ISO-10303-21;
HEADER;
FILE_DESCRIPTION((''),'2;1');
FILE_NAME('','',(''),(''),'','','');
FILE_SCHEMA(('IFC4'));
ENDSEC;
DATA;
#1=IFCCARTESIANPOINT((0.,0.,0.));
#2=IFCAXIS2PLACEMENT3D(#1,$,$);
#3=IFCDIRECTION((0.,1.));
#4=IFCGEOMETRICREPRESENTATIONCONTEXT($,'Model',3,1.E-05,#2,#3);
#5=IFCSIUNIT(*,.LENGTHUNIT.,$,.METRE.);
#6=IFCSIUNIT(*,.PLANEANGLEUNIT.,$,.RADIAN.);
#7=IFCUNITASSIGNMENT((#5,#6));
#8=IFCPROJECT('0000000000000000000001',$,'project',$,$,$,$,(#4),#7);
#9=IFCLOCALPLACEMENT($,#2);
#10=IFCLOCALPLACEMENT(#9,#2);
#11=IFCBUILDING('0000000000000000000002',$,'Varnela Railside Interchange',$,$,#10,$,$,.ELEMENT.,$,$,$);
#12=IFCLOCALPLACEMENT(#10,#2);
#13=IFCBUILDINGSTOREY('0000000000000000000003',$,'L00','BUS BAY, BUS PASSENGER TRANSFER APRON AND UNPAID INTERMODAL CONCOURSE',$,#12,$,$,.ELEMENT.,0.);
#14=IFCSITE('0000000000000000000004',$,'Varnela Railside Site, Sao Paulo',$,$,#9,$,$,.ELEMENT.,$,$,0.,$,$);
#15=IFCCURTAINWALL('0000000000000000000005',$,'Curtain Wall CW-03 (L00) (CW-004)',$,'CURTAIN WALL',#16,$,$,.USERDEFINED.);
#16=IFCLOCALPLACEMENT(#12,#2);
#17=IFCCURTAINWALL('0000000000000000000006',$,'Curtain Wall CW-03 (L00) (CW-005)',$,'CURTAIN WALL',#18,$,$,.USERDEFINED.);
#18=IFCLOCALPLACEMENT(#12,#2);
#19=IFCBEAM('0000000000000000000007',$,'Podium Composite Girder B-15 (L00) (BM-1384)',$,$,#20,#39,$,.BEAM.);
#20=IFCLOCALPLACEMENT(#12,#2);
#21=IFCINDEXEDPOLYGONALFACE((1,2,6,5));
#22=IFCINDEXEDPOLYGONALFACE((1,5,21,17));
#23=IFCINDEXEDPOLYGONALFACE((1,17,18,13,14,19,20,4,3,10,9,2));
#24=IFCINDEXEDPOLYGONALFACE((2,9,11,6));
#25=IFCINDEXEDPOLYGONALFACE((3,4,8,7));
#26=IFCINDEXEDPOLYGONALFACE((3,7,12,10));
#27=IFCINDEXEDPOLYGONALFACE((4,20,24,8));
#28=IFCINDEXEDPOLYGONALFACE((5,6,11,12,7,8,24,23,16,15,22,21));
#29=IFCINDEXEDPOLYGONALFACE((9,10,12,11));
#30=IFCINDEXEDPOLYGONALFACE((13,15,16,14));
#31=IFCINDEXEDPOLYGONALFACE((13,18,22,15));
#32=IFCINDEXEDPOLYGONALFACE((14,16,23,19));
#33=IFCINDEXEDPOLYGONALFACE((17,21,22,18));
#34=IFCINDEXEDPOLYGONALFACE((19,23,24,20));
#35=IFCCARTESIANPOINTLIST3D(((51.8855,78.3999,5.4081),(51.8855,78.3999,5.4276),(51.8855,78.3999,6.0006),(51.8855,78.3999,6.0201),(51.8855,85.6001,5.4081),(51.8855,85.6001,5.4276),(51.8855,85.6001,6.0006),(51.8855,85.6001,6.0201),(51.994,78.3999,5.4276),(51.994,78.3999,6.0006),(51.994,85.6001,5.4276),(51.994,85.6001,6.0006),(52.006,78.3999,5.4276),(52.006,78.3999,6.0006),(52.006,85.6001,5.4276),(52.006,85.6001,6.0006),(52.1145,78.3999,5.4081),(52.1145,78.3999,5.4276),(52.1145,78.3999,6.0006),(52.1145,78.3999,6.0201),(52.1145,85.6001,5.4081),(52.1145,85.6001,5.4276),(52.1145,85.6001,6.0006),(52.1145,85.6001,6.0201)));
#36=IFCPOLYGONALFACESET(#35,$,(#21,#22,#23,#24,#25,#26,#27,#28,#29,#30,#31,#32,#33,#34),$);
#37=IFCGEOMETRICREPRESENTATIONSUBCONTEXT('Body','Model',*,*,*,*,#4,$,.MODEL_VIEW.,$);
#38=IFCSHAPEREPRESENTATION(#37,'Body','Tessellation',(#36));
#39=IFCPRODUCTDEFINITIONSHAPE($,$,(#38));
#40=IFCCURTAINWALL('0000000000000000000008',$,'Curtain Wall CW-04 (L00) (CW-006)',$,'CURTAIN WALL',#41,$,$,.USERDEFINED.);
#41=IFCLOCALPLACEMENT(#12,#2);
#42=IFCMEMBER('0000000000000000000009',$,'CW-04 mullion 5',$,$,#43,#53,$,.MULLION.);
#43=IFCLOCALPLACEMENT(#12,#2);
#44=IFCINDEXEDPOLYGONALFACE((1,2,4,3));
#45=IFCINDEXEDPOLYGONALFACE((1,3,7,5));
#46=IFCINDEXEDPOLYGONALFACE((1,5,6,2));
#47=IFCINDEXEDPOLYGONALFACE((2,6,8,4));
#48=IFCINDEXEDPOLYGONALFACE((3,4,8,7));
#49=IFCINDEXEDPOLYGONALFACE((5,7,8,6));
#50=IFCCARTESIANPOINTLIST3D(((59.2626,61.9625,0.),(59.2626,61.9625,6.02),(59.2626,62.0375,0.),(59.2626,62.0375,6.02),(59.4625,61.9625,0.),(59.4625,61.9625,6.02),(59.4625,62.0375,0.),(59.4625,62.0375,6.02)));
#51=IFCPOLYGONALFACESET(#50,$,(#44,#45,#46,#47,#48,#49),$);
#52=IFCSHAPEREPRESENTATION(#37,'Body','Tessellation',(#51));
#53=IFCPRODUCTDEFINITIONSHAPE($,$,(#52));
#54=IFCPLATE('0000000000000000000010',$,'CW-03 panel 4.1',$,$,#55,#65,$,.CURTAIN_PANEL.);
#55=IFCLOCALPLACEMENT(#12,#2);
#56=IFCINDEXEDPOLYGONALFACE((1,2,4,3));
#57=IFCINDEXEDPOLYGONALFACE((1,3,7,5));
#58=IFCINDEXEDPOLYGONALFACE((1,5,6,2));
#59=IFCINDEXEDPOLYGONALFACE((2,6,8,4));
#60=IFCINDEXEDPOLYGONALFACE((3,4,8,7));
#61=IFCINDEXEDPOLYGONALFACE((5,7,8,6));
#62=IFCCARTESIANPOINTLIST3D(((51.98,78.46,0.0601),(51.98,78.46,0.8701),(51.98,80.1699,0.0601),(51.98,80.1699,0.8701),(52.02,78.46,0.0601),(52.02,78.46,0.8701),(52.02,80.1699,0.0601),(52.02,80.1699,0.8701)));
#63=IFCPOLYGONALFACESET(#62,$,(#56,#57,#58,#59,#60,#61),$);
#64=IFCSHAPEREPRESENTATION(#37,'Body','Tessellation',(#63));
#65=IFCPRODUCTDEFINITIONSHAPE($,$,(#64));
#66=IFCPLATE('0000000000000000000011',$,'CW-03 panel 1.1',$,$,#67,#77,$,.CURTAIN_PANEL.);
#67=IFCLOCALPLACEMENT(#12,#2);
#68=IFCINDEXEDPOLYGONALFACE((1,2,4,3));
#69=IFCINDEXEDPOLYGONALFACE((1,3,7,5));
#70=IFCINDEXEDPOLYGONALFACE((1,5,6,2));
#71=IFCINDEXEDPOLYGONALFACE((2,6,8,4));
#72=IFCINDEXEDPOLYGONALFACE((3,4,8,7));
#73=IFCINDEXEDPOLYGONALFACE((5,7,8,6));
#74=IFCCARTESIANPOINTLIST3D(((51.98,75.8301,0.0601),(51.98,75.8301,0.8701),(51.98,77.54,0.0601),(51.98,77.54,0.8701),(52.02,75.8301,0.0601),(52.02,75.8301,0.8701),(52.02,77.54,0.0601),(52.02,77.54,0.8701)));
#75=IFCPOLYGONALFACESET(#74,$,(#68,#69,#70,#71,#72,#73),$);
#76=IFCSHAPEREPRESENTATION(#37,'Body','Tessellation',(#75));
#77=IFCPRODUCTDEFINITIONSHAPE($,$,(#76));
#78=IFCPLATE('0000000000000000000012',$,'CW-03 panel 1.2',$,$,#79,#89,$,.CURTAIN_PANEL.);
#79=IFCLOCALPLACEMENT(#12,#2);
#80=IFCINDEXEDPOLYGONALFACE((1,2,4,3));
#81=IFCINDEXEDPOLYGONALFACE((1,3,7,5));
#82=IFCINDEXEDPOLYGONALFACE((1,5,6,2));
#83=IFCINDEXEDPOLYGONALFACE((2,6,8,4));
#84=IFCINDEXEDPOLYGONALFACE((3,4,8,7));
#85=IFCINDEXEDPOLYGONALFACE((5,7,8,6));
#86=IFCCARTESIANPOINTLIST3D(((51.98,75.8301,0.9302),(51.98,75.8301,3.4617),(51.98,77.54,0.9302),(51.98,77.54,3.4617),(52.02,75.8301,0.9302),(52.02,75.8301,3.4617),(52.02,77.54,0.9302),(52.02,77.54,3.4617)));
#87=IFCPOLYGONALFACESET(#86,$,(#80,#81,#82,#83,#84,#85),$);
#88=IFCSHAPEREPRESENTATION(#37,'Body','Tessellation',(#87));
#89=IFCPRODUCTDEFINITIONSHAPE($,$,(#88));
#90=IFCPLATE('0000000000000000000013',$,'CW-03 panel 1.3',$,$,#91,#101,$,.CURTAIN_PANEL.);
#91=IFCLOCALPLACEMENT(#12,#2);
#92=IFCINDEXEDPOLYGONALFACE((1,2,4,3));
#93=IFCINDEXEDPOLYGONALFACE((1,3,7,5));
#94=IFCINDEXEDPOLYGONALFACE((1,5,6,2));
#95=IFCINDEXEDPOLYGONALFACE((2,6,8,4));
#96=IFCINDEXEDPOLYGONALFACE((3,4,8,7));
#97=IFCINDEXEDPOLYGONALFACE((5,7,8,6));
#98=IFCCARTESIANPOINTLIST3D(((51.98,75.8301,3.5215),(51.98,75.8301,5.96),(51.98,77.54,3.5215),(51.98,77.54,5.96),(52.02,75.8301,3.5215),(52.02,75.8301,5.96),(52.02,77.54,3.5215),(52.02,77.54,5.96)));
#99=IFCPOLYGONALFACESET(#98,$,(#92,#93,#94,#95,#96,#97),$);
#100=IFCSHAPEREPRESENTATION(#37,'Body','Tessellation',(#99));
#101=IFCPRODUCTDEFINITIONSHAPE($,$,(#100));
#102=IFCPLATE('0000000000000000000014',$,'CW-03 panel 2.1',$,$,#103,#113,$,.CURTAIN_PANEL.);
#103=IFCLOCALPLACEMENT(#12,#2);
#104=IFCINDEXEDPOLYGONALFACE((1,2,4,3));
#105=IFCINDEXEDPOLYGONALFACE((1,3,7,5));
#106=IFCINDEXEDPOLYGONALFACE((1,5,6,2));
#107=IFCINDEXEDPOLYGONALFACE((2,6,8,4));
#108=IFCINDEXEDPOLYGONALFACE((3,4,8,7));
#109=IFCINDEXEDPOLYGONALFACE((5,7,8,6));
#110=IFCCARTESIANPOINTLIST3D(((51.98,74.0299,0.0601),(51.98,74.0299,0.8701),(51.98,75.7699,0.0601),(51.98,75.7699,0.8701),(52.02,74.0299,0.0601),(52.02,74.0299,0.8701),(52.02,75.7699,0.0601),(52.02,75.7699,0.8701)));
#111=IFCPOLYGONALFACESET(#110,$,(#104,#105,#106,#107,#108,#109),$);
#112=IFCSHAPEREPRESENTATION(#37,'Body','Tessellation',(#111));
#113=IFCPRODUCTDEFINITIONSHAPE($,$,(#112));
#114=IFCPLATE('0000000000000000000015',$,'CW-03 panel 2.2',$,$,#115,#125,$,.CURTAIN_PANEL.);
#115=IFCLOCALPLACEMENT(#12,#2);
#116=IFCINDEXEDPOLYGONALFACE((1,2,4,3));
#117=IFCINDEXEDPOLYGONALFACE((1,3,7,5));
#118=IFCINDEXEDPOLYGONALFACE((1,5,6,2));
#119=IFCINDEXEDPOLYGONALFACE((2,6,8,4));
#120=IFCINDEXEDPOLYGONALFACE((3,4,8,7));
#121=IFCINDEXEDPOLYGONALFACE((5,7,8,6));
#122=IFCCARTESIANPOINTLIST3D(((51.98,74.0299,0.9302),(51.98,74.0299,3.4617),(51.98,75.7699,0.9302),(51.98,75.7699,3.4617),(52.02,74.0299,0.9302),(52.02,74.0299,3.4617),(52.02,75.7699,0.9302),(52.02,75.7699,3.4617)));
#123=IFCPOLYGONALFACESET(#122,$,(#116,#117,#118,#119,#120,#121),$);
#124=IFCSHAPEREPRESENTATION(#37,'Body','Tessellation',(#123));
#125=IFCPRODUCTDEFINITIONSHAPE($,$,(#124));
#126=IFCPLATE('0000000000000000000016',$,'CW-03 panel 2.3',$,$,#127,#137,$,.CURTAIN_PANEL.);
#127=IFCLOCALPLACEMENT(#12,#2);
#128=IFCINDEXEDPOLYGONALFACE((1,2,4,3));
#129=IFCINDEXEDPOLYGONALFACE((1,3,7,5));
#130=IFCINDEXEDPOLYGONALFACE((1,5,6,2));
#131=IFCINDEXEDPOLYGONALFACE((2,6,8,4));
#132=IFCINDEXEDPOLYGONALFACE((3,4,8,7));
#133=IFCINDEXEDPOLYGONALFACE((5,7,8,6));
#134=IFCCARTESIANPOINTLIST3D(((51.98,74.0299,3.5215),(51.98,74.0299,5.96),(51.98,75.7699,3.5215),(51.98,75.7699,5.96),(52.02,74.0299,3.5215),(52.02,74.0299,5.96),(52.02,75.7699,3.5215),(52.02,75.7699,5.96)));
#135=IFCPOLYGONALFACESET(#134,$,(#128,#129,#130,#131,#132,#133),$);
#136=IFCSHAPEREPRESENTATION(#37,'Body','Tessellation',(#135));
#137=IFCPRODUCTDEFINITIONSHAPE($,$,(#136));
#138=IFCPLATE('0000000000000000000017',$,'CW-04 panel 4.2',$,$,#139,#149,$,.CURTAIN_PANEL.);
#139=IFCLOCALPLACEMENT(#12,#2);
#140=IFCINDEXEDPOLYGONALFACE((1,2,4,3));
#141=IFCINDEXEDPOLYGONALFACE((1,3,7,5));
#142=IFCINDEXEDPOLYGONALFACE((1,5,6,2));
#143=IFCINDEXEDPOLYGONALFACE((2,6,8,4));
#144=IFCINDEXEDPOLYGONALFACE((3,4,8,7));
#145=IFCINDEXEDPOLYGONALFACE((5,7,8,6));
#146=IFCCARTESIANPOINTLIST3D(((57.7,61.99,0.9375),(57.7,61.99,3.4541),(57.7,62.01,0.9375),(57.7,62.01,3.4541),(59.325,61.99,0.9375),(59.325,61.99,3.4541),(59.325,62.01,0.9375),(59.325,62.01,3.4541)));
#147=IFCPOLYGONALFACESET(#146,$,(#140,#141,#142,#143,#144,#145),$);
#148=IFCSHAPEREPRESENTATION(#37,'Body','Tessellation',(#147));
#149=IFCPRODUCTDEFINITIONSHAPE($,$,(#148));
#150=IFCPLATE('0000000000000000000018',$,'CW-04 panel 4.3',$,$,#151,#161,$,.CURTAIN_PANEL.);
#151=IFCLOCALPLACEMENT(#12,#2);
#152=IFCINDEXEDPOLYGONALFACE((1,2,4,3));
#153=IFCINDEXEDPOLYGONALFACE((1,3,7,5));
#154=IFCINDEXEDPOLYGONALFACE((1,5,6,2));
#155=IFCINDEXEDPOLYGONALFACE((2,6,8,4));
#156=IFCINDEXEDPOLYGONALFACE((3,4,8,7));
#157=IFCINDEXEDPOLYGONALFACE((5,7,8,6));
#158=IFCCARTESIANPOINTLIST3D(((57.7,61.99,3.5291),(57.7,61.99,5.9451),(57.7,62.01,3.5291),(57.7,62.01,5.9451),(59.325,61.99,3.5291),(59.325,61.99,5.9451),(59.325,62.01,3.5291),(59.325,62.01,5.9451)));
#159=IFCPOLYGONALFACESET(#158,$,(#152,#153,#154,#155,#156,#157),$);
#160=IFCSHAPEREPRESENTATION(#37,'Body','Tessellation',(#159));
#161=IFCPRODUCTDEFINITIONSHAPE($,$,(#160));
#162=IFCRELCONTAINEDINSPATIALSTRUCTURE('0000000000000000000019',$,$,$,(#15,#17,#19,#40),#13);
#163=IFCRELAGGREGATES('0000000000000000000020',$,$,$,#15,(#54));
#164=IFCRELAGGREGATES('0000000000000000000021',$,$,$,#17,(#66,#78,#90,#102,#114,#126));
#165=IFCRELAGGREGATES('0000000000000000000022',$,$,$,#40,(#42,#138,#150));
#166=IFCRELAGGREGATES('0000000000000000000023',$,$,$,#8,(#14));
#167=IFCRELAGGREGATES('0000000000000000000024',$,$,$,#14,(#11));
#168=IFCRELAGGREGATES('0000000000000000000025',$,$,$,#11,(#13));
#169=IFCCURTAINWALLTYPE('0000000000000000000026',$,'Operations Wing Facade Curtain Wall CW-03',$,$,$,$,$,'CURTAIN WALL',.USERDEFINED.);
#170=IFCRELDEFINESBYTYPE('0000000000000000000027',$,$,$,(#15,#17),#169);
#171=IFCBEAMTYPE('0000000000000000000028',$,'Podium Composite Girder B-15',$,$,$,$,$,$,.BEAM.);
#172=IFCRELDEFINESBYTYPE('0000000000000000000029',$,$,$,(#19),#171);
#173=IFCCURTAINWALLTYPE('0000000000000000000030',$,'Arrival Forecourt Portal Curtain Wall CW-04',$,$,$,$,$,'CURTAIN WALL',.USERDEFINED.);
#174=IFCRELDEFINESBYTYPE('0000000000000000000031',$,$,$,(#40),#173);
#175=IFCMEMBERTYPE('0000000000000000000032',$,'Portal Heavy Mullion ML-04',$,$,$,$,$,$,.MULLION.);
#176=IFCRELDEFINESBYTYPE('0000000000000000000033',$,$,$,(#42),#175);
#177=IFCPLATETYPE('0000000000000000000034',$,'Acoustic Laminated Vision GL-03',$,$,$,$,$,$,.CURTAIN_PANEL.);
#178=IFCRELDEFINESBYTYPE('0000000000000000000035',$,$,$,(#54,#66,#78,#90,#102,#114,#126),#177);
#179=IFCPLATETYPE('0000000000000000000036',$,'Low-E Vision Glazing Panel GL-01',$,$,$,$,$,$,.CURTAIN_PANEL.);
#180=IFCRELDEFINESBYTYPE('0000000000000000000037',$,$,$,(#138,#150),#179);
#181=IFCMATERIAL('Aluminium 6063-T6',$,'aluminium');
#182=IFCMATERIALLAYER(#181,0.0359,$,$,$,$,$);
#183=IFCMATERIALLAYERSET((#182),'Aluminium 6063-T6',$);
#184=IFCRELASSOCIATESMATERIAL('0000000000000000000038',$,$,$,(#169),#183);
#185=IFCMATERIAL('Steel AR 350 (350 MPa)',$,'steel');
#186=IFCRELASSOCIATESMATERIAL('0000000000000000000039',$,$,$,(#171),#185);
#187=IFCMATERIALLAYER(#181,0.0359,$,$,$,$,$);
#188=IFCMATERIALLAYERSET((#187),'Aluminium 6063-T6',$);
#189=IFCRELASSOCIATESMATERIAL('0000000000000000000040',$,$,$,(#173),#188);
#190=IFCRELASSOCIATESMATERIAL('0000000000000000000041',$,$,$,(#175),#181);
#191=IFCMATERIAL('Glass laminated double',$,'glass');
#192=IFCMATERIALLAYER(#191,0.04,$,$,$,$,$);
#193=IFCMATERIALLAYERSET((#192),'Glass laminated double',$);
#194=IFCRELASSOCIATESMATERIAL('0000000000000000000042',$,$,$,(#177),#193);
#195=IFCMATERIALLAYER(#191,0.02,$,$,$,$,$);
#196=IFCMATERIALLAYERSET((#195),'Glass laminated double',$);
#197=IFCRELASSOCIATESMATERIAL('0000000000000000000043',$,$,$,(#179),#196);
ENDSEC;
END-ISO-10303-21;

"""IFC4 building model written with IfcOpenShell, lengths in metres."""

from ifc_helpers import new_model, si_unit, direction, frame, origin, origin_2d, place, context, subcontext, project, spatial, rectangle, i_section, extrude, material, layer, layer_set, material_profile, profile_set, type_object, element, aggregate, save


model = new_model("IFC4")

# Units and contexts
model_context = context("Model", 3, precision=1e-05, world=origin(), true_north=direction((0.0, 1.0)))
body_context = subcontext(model_context, "Body", "Model", "MODEL_VIEW")
ifc_project = project(units=[si_unit("LENGTHUNIT", "METRE"), si_unit("PLANEANGLEUNIT", "RADIAN")], contexts=[model_context])

# Site, building, storey
site_placement = place(None, origin())
site = spatial("IfcSite", under=ifc_project, at=site_placement, Name="Varnela Railside Site, Sao Paulo", CompositionType="ELEMENT", RefElevation=0.0)
building_placement = place(site_placement, origin())
building = spatial("IfcBuilding", under=site, at=building_placement, Name="Varnela Railside Interchange", CompositionType="ELEMENT")
storey_placement = place(building_placement, origin())
storey = spatial("IfcBuildingStorey", under=building, at=storey_placement, Name="L00", Description="BUS BAY, BUS PASSENGER TRANSFER APRON AND UNPAID INTERMODAL CONCOURSE", CompositionType="ELEMENT", Elevation=0.0)

# Curtain wall
ifc_material_1 = material(Name="Aluminium 6063-T6", Category="aluminium")
ifc_layer_1 = layer(ifc_material_1, 0.0359)
ifc_layer_set_1 = layer_set([ifc_layer_1], Name="Aluminium 6063-T6")
curtain_wall_type_1 = type_object("IfcCurtainWallType", Name="Operations Wing Facade Curtain Wall CW-03", ElementType="CURTAIN WALL", PredefinedType="USERDEFINED", material=ifc_layer_set_1)
curtain_wall_1_placement = place(storey_placement, origin())
curtain_wall_1 = element("IfcCurtainWall", 1, at=curtain_wall_1_placement, inside=storey, type_object=curtain_wall_type_1, Name="Curtain Wall CW-03 (L00) (CW-004)", ObjectType="CURTAIN WALL", PredefinedType="USERDEFINED")

# Curtain wall
curtain_wall_2_placement = place(storey_placement, origin())
curtain_wall_2 = element("IfcCurtainWall", 2, at=curtain_wall_2_placement, inside=storey, type_object=curtain_wall_type_1, Name="Curtain Wall CW-03 (L00) (CW-005)", ObjectType="CURTAIN WALL", PredefinedType="USERDEFINED")

# Beam
ifc_material_2 = material(Name="Steel AR 350 (350 MPa)", Category="steel")
ifc_material_profile_1 = material_profile(ifc_material_2, i_section(OverallWidth=0.229, OverallDepth=0.6121, WebThickness=0.012, FlangeThickness=0.0195, at=origin_2d()), Name="W610x125")
ifc_profile_set_1 = profile_set([ifc_material_profile_1], Name="Steel AR 350 (350 MPa)")
beam_type = type_object("IfcBeamType", Name="Podium Composite Girder B-15", PredefinedType="BEAM", material=ifc_profile_set_1)
beam_placement = place(storey_placement, frame((52.0, 78.3999, 5.7141), z_axis=(0.0, 1.0, 0.0), x_axis=(-1.0, 0.0, 0.0)))
element("IfcBeam", 3, at=beam_placement, inside=storey, type_object=beam_type, Name="Podium Composite Girder B-15 (L00) (BM-1384)", PredefinedType="BEAM", context=body_context, shape_type="SweptSolid", body=[
    extrude(i_section(OverallWidth=0.229, OverallDepth=0.6121, WebThickness=0.012, FlangeThickness=0.0195, at=origin_2d()), origin(), (0.0, 0.0, 1.0), 7.2002),
])

# Curtain wall, member
ifc_layer_2 = layer(ifc_material_1, 0.0359)
ifc_layer_set_2 = layer_set([ifc_layer_2], Name="Aluminium 6063-T6")
curtain_wall_type_2 = type_object("IfcCurtainWallType", Name="Arrival Forecourt Portal Curtain Wall CW-04", ElementType="CURTAIN WALL", PredefinedType="USERDEFINED", material=ifc_layer_set_2)
curtain_wall_3_placement = place(storey_placement, origin())
curtain_wall_3 = element("IfcCurtainWall", 4, at=curtain_wall_3_placement, inside=storey, type_object=curtain_wall_type_2, Name="Curtain Wall CW-04 (L00) (CW-006)", ObjectType="CURTAIN WALL", PredefinedType="USERDEFINED")
ifc_material_profile_2 = material_profile(ifc_material_1, rectangle(XDim=0.075, YDim=0.2, at=origin_2d()), Name="ALU 75x200")
ifc_profile_set_2 = profile_set([ifc_material_profile_2], Name="Aluminium 6063-T6")
member_type_1 = type_object("IfcMemberType", Name="Portal Heavy Mullion ML-04", PredefinedType="MULLION", material=ifc_profile_set_2)
member_1_placement = place(storey_placement, frame((59.3625, 62.0, 0.0), z_axis=(0.0, 0.0, 1.0), x_axis=(0.0, 1.0, 0.0)))
member_1 = element("IfcMember", 5, at=member_1_placement, type_object=member_type_1, Name="CW-04 mullion 5", PredefinedType="MULLION", context=body_context, shape_type="SweptSolid", body=[
    extrude(rectangle(XDim=0.075, YDim=0.2, at=origin_2d()), origin(), (0.0, 0.0, 1.0), 6.02),
])

# Plates
ifc_material_3 = material(Name="Glass laminated double", Category="glass")
ifc_layer_3 = layer(ifc_material_3, 0.04)
ifc_layer_set_3 = layer_set([ifc_layer_3], Name="Glass laminated double")
plate_type_1 = type_object("IfcPlateType", Name="Acoustic Laminated Vision GL-03", PredefinedType="CURTAIN_PANEL", material=ifc_layer_set_3)
plate_1_placement = place(storey_placement, frame((52.0, 79.3149, 0.0601), z_axis=(0.0, 0.0, 1.0), x_axis=(0.0, -1.0, 0.0)))
plate_1 = element("IfcPlate", 6, at=plate_1_placement, type_object=plate_type_1, Name="CW-03 panel 4.1", PredefinedType="CURTAIN_PANEL", context=body_context, shape_type="SweptSolid", body=[
    extrude(rectangle(XDim=1.71, YDim=0.04, at=origin_2d()), origin(), (0.0, 0.0, 1.0), 0.8101),
])
aggregate(curtain_wall_1, [plate_1])
plate_2_placement = place(storey_placement, frame((52.0, 76.6851, 0.0601), z_axis=(0.0, 0.0, 1.0), x_axis=(0.0, -1.0, 0.0)))
plate_2 = element("IfcPlate", 7, at=plate_2_placement, type_object=plate_type_1, Name="CW-03 panel 1.1", PredefinedType="CURTAIN_PANEL", context=body_context, shape_type="SweptSolid", body=[
    extrude(rectangle(XDim=1.71, YDim=0.04, at=origin_2d()), origin(), (0.0, 0.0, 1.0), 0.8101),
])
plate_3_placement = place(storey_placement, frame((52.0, 76.6851, 0.9302), z_axis=(0.0, 0.0, 1.0), x_axis=(0.0, -1.0, 0.0)))
plate_3 = element("IfcPlate", 8, at=plate_3_placement, type_object=plate_type_1, Name="CW-03 panel 1.2", PredefinedType="CURTAIN_PANEL", context=body_context, shape_type="SweptSolid", body=[
    extrude(rectangle(XDim=1.71, YDim=0.04, at=origin_2d()), origin(), (0.0, 0.0, 1.0), 2.5315),
])
plate_4_placement = place(storey_placement, frame((52.0, 76.6851, 3.5215), z_axis=(0.0, 0.0, 1.0), x_axis=(0.0, -1.0, 0.0)))
plate_4 = element("IfcPlate", 9, at=plate_4_placement, type_object=plate_type_1, Name="CW-03 panel 1.3", PredefinedType="CURTAIN_PANEL", context=body_context, shape_type="SweptSolid", body=[
    extrude(rectangle(XDim=1.71, YDim=0.04, at=origin_2d()), origin(), (0.0, 0.0, 1.0), 2.4385),
])
plate_5_placement = place(storey_placement, frame((52.0, 74.8999, 0.0601), z_axis=(0.0, 0.0, 1.0), x_axis=(0.0, -1.0, 0.0)))
plate_5 = element("IfcPlate", 10, at=plate_5_placement, type_object=plate_type_1, Name="CW-03 panel 2.1", PredefinedType="CURTAIN_PANEL", context=body_context, shape_type="SweptSolid", body=[
    extrude(rectangle(XDim=1.74, YDim=0.04, at=origin_2d()), origin(), (0.0, 0.0, 1.0), 0.8101),
])
plate_6_placement = place(storey_placement, frame((52.0, 74.8999, 0.9302), z_axis=(0.0, 0.0, 1.0), x_axis=(0.0, -1.0, 0.0)))
plate_6 = element("IfcPlate", 11, at=plate_6_placement, type_object=plate_type_1, Name="CW-03 panel 2.2", PredefinedType="CURTAIN_PANEL", context=body_context, shape_type="SweptSolid", body=[
    extrude(rectangle(XDim=1.74, YDim=0.04, at=origin_2d()), origin(), (0.0, 0.0, 1.0), 2.5315),
])
plate_7_placement = place(storey_placement, frame((52.0, 74.8999, 3.5215), z_axis=(0.0, 0.0, 1.0), x_axis=(0.0, -1.0, 0.0)))
plate_7 = element("IfcPlate", 12, at=plate_7_placement, type_object=plate_type_1, Name="CW-03 panel 2.3", PredefinedType="CURTAIN_PANEL", context=body_context, shape_type="SweptSolid", body=[
    extrude(rectangle(XDim=1.74, YDim=0.04, at=origin_2d()), origin(), (0.0, 0.0, 1.0), 2.4385),
])
aggregate(curtain_wall_2, [plate_2, plate_3, plate_4, plate_5, plate_6, plate_7])
ifc_layer_4 = layer(ifc_material_3, 0.02)
ifc_layer_set_4 = layer_set([ifc_layer_4], Name="Glass laminated double")
plate_type_2 = type_object("IfcPlateType", Name="Low-E Vision Glazing Panel GL-01", PredefinedType="CURTAIN_PANEL", material=ifc_layer_set_4)
plate_8_placement = place(storey_placement, frame((58.5125, 62.0, 0.9375), z_axis=(0.0, 0.0, 1.0), x_axis=(1.0, 0.0, 0.0)))
plate_8 = element("IfcPlate", 13, at=plate_8_placement, type_object=plate_type_2, Name="CW-04 panel 4.2", PredefinedType="CURTAIN_PANEL", context=body_context, shape_type="SweptSolid", body=[
    extrude(rectangle(XDim=1.625, YDim=0.02, at=origin_2d()), origin(), (0.0, 0.0, 1.0), 2.5166),
])
plate_9_placement = place(storey_placement, frame((58.5125, 62.0, 3.5291), z_axis=(0.0, 0.0, 1.0), x_axis=(1.0, 0.0, 0.0)))
plate_9 = element("IfcPlate", 14, at=plate_9_placement, type_object=plate_type_2, Name="CW-04 panel 4.3", PredefinedType="CURTAIN_PANEL", context=body_context, shape_type="SweptSolid", body=[
    extrude(rectangle(XDim=1.625, YDim=0.02, at=origin_2d()), origin(), (0.0, 0.0, 1.0), 2.416),
])
aggregate(curtain_wall_3, [member_1, plate_8, plate_9])

save(model, "model.ifc")
